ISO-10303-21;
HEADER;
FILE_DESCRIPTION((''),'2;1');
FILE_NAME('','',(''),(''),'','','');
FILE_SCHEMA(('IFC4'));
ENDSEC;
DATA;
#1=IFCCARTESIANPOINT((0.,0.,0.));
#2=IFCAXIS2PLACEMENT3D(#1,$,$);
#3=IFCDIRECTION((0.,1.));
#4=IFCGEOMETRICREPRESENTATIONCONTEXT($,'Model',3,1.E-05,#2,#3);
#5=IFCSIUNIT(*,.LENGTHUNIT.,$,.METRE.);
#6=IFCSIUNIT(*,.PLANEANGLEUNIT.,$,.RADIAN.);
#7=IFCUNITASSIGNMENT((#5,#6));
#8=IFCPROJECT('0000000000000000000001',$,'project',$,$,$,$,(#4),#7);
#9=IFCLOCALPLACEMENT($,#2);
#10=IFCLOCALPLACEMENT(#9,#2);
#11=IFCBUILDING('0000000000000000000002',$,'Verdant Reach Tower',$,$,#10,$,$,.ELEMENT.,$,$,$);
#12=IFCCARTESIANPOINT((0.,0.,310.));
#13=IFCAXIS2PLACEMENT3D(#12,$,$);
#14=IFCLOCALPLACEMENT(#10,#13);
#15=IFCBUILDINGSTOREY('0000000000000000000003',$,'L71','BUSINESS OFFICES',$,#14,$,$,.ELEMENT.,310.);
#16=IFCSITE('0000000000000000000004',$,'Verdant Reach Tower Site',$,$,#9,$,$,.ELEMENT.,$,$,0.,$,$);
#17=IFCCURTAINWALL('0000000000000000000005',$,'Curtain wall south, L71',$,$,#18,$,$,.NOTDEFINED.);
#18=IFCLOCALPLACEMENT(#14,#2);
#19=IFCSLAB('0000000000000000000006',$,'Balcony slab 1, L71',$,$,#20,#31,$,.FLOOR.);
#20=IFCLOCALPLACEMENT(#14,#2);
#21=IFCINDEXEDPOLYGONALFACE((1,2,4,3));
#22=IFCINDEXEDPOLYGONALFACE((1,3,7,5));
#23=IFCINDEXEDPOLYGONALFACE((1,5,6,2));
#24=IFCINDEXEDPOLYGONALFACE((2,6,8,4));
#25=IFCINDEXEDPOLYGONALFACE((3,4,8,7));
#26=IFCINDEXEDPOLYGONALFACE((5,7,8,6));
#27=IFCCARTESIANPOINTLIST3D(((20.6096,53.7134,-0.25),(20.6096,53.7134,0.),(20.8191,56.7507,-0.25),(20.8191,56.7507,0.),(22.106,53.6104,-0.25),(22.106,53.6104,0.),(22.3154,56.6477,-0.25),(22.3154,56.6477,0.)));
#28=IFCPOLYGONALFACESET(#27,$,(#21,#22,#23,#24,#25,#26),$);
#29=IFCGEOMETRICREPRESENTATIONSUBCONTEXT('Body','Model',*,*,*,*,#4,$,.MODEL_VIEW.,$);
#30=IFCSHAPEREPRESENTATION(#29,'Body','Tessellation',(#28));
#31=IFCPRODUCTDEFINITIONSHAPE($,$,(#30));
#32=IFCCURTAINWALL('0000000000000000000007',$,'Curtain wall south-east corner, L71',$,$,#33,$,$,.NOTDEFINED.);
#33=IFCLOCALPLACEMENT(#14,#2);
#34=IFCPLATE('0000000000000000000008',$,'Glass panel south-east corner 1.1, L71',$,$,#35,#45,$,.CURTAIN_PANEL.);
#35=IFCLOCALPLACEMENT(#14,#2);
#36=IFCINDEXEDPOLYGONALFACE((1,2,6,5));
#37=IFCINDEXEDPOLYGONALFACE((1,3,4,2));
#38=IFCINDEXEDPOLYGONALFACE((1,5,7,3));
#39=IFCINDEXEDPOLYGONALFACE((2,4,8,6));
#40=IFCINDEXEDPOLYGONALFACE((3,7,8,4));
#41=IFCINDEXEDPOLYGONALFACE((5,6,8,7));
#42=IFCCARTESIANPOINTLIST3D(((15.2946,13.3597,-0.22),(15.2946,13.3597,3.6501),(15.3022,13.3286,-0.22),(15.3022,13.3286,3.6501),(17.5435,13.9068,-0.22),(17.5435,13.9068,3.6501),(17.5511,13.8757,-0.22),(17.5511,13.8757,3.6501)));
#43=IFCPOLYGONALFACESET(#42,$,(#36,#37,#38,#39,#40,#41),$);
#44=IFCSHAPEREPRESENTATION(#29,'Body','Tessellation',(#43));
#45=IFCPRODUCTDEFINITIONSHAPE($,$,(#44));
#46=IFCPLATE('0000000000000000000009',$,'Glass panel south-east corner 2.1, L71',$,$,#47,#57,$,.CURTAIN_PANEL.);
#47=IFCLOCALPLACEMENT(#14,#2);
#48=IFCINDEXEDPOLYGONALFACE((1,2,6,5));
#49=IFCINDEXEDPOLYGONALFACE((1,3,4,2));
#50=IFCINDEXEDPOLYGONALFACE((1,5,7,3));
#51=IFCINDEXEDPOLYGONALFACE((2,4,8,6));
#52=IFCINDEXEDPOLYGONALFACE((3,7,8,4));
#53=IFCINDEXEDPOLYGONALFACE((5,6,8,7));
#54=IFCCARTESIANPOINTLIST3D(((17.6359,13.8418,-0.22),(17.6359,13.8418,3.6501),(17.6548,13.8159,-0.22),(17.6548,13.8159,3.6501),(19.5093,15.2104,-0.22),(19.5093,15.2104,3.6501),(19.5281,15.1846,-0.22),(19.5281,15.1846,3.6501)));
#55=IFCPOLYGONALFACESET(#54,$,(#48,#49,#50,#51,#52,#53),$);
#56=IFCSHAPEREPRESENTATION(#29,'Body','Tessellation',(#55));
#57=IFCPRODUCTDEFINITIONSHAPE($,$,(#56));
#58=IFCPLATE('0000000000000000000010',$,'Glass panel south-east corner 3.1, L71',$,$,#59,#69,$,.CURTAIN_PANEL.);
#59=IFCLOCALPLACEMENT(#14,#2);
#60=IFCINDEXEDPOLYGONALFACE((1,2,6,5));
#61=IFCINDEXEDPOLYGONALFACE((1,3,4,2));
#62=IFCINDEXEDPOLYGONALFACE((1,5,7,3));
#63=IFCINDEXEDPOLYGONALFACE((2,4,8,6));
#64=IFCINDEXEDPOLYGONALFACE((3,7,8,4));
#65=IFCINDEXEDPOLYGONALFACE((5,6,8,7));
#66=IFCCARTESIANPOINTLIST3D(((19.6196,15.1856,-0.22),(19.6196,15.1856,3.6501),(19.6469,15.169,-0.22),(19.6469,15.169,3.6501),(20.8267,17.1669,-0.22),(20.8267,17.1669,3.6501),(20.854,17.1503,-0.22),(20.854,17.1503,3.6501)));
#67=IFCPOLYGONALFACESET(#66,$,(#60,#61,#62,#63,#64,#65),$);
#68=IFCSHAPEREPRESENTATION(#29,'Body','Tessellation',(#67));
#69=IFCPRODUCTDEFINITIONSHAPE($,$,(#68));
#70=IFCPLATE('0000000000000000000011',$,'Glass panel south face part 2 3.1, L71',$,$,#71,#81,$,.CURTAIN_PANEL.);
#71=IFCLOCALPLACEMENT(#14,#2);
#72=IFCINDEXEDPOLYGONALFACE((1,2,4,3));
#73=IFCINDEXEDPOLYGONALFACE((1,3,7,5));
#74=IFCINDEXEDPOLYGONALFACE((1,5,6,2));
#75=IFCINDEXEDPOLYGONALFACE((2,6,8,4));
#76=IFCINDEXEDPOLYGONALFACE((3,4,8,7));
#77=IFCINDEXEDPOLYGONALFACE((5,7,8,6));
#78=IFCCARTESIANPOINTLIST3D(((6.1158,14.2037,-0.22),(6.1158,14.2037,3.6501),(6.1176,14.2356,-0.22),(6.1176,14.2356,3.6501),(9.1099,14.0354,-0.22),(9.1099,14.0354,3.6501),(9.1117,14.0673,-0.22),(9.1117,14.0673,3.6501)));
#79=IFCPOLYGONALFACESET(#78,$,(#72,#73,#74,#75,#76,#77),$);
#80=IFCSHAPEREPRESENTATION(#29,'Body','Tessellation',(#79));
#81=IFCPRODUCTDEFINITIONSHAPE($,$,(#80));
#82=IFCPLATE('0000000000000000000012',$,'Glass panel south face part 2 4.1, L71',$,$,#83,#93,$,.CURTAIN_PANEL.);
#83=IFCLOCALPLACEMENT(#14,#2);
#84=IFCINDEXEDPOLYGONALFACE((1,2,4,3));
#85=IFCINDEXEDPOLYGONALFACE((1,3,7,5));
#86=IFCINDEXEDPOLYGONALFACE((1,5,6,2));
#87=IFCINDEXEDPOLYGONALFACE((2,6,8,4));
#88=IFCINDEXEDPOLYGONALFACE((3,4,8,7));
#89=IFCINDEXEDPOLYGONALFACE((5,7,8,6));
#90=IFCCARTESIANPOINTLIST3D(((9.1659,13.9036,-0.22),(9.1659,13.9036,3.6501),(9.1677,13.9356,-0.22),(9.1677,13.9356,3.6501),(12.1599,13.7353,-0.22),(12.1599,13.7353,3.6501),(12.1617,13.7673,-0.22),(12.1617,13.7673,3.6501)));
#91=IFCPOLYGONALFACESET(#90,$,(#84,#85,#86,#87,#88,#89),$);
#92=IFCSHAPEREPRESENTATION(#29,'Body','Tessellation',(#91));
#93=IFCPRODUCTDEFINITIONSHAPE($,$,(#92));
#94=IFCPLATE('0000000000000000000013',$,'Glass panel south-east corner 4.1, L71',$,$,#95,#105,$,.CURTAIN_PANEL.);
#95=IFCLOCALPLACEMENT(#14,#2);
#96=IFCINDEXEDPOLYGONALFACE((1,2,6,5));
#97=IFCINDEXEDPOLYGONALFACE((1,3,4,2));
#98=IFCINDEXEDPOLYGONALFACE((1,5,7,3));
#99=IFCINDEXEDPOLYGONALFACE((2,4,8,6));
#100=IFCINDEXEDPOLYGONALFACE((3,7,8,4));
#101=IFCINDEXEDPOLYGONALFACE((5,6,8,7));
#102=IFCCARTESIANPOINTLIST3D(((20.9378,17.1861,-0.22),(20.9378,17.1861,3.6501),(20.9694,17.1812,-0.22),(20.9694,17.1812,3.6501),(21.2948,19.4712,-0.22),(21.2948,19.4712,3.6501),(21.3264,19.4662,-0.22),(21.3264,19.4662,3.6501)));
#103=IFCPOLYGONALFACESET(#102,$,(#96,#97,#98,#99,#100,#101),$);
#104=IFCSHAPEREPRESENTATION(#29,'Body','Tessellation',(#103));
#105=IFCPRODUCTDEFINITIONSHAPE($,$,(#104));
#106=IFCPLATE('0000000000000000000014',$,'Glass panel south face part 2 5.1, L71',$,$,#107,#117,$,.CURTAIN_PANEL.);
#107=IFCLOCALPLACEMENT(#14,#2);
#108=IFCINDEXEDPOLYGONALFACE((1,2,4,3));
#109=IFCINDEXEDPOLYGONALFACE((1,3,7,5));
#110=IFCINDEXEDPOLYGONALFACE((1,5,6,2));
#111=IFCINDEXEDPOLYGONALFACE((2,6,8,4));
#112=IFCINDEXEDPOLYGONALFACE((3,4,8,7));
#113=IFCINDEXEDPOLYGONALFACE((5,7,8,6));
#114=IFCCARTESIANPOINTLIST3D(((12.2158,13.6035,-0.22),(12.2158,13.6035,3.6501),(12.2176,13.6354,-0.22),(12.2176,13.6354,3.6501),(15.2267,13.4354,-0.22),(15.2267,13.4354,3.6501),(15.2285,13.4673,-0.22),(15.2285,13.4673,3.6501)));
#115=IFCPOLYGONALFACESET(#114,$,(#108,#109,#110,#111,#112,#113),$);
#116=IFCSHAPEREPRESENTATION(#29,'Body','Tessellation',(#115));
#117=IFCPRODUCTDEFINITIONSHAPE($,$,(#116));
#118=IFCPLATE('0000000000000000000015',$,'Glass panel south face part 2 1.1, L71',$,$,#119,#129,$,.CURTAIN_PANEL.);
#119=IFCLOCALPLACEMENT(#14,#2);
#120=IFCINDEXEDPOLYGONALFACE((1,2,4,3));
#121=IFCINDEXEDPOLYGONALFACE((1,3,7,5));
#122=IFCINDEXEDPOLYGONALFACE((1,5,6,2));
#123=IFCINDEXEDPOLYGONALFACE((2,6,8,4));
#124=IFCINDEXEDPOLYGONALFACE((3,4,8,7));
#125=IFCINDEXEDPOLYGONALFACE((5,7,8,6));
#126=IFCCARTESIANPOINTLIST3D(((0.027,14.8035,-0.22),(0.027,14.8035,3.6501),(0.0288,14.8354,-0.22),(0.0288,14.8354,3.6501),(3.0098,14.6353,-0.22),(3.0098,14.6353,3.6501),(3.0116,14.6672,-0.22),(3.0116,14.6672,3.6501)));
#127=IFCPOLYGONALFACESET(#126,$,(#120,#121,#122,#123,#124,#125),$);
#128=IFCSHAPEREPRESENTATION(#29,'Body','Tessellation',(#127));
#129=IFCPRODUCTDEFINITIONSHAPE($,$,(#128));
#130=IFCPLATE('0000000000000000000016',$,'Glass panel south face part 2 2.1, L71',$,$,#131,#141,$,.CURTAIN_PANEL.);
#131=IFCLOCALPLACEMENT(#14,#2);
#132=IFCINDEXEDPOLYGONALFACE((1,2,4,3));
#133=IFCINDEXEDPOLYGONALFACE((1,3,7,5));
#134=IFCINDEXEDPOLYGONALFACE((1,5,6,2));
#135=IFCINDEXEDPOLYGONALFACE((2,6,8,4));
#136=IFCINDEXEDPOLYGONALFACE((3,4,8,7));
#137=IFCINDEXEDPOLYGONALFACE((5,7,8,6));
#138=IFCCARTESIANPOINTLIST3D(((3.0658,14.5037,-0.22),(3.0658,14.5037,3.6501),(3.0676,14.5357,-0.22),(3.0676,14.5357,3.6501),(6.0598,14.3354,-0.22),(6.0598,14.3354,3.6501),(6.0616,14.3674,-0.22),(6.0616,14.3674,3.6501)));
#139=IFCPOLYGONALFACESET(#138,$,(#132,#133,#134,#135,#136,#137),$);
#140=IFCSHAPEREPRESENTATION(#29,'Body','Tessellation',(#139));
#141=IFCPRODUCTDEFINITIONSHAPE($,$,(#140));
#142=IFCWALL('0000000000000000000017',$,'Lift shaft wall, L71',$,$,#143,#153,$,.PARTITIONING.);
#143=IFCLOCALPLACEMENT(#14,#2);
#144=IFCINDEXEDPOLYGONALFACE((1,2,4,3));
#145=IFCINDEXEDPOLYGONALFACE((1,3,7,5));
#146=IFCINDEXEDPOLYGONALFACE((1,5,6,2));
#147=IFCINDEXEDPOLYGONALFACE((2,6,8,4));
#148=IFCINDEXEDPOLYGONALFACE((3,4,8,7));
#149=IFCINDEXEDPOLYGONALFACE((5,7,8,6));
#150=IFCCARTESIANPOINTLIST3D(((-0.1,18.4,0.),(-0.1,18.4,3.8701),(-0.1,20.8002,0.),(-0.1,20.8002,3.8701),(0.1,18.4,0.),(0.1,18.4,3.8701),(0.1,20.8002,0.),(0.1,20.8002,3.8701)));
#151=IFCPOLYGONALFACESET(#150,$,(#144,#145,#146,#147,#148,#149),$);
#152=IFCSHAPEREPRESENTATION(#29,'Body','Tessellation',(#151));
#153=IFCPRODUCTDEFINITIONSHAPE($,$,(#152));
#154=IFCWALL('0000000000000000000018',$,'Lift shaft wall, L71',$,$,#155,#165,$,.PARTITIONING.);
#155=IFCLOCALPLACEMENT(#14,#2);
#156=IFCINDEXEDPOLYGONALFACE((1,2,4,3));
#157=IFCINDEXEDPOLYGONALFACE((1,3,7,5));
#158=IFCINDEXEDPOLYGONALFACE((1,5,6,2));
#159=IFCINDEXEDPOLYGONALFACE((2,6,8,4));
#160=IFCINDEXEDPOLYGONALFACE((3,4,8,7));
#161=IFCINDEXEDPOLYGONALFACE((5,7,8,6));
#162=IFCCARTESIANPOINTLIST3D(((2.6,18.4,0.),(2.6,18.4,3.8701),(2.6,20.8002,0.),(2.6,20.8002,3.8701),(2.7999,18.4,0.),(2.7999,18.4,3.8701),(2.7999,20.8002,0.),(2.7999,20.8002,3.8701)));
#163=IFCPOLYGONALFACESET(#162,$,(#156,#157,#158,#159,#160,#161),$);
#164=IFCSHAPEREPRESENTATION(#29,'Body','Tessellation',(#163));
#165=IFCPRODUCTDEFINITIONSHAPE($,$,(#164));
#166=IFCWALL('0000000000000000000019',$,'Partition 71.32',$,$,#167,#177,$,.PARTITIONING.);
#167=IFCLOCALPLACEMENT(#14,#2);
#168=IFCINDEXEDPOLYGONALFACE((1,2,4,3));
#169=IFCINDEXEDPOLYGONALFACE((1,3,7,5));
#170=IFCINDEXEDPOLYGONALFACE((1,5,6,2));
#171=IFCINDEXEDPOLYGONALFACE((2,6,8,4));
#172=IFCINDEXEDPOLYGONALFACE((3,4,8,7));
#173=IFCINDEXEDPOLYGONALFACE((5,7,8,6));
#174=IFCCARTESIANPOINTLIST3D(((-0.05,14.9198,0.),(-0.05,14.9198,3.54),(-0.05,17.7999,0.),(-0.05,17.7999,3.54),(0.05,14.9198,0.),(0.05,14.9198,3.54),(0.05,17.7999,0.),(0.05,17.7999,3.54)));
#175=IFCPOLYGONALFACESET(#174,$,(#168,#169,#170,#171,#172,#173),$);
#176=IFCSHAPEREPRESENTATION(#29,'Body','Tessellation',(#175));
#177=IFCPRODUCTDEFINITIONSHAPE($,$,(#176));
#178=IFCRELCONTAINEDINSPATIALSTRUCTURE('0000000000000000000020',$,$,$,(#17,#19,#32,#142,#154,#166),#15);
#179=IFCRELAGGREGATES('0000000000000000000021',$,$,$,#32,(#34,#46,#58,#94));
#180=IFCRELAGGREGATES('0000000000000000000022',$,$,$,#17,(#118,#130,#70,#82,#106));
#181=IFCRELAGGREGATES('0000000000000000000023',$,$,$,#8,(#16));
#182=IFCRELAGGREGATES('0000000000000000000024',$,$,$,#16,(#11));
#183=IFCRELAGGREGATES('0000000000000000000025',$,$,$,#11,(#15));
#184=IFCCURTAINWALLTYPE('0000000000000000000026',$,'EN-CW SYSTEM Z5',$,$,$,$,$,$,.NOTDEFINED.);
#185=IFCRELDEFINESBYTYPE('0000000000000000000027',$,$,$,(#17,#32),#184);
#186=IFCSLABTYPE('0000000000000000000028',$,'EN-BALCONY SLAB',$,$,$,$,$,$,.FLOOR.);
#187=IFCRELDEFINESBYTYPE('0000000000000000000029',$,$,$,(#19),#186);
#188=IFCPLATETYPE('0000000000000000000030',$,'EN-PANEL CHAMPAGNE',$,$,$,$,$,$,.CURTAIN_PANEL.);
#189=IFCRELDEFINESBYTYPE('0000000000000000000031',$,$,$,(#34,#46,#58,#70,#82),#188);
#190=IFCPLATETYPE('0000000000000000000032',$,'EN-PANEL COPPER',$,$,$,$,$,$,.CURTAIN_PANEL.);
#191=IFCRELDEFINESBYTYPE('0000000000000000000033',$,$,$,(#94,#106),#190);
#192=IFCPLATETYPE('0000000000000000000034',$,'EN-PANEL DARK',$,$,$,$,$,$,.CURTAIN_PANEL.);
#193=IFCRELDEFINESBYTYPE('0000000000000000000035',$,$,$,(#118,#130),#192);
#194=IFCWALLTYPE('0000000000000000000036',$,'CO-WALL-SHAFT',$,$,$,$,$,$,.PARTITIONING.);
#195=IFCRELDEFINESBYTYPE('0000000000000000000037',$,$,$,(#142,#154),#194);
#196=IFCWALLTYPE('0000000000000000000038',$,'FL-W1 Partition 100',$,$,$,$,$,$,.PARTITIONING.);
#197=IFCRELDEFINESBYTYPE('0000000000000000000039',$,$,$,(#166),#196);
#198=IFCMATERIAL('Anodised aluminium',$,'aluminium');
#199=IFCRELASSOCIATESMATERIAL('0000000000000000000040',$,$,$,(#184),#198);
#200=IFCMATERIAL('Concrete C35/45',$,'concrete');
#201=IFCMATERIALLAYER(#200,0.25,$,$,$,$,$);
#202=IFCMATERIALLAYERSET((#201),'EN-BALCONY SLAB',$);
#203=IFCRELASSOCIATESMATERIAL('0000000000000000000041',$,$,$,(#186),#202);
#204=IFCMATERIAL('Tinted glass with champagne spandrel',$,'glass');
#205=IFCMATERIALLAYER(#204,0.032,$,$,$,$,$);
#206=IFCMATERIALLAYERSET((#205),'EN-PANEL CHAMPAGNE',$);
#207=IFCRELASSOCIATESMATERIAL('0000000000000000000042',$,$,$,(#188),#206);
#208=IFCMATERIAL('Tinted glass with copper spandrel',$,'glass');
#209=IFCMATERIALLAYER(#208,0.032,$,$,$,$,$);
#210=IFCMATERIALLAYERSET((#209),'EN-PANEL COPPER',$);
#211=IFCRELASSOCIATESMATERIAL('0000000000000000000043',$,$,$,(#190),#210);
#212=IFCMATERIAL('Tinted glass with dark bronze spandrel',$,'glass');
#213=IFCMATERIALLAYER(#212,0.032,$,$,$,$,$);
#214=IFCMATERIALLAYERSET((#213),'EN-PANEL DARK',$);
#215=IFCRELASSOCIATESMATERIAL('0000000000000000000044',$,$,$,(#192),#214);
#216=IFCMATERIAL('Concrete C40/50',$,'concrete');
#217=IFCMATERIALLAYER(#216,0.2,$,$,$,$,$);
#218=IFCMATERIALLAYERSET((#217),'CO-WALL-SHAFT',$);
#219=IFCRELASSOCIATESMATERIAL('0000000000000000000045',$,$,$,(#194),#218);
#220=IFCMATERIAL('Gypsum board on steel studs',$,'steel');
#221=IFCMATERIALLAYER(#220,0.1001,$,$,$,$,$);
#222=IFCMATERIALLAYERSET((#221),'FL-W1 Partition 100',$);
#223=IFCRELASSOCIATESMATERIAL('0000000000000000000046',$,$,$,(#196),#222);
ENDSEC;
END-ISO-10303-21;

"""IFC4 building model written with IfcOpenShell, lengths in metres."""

from ifc_helpers import new_model, si_unit, direction, frame, frame_2d, origin, origin_2d, place, context, subcontext, project, spatial, polyline, rectangle, outline, extrude, material, layer, layer_set, type_object, element, aggregate, save


model = new_model("IFC4")

# Units and contexts
model_context = context("Model", 3, precision=1e-05, world=origin(), true_north=direction((0.0, 1.0)))
body_context = subcontext(model_context, "Body", "Model", "MODEL_VIEW")
ifc_project = project(units=[si_unit("LENGTHUNIT", "METRE"), si_unit("PLANEANGLEUNIT", "RADIAN")], contexts=[model_context])

# Site, building, storey
site_placement = place(None, origin())
site = spatial("IfcSite", under=ifc_project, at=site_placement, Name="Verdant Reach Tower Site", CompositionType="ELEMENT", RefElevation=0.0)
building_placement = place(site_placement, origin())
building = spatial("IfcBuilding", under=site, at=building_placement, Name="Verdant Reach Tower", CompositionType="ELEMENT")
storey_placement = place(building_placement, frame((0.0, 0.0, 310.0)))
storey = spatial("IfcBuildingStorey", under=building, at=storey_placement, Name="L71", Description="BUSINESS OFFICES", CompositionType="ELEMENT", Elevation=310.0)

# Curtain wall
ifc_material_1 = material(Name="Anodised aluminium", Category="aluminium")
curtain_wall_type = type_object("IfcCurtainWallType", Name="EN-CW SYSTEM Z5", PredefinedType="NOTDEFINED", material=ifc_material_1)
curtain_wall_1_placement = place(storey_placement, origin())
curtain_wall_1 = element("IfcCurtainWall", 1, at=curtain_wall_1_placement, inside=storey, type_object=curtain_wall_type, Name="Curtain wall south, L71", PredefinedType="NOTDEFINED")

# Shared definitions
ifc_material_2 = material(Name="Concrete C40/50", Category="concrete")

# Slab
ifc_material_3 = material(Name="Concrete C35/45", Category="concrete")
ifc_layer_1 = layer(ifc_material_3, 0.25)
ifc_layer_set_1 = layer_set([ifc_layer_1], Name="EN-BALCONY SLAB")
slab_type_1 = type_object("IfcSlabType", Name="EN-BALCONY SLAB", PredefinedType="FLOOR", material=ifc_layer_set_1)
slab_1_placement = place(storey_placement, frame((0.0, 0.0, -0.25)))
element("IfcSlab", 2, at=slab_1_placement, inside=storey, type_object=slab_type_1, Name="Balcony slab 1, L71", PredefinedType="FLOOR", context=body_context, shape_type="SweptSolid", body=[
    extrude(outline(polyline([(20.6096, 53.7134), (20.8191, 56.7507), (22.3154, 56.6477), (22.106, 53.6104), (20.6096, 53.7134)])), origin(), (0.0, 0.0, 1.0), 0.25),
])

# Curtain wall, plates
curtain_wall_2_placement = place(storey_placement, origin())
curtain_wall_2 = element("IfcCurtainWall", 3, at=curtain_wall_2_placement, inside=storey, type_object=curtain_wall_type, Name="Curtain wall south-east corner, L71", PredefinedType="NOTDEFINED")
ifc_material_4 = material(Name="Tinted glass with champagne spandrel", Category="glass")
ifc_layer_2 = layer(ifc_material_4, 0.032)
ifc_layer_set_2 = layer_set([ifc_layer_2], Name="EN-PANEL CHAMPAGNE")
plate_type_1 = type_object("IfcPlateType", Name="EN-PANEL CHAMPAGNE", PredefinedType="CURTAIN_PANEL", material=ifc_layer_set_2)
plate_1_placement = place(storey_placement, frame((16.4229, 13.6177, -0.22), z_axis=(0.0, 0.0, 1.0), x_axis=(0.971662, 0.236376, 0.0)))
plate_1 = element("IfcPlate", 4, at=plate_1_placement, type_object=plate_type_1, Name="Glass panel south-east corner 1.1, L71", PredefinedType="CURTAIN_PANEL", context=body_context, shape_type="SweptSolid", body=[
    extrude(rectangle(XDim=2.3145, YDim=0.032, at=origin_2d()), origin(), (0.0, 0.0, 1.0), 3.8701),
])
plate_2_placement = place(storey_placement, frame((18.582, 14.5132, -0.22), z_axis=(0.0, 0.0, 1.0), x_axis=(0.807457, 0.589927, 0.0)))
plate_2 = element("IfcPlate", 5, at=plate_2_placement, type_object=plate_type_1, Name="Glass panel south-east corner 2.1, L71", PredefinedType="CURTAIN_PANEL", context=body_context, shape_type="SweptSolid", body=[
    extrude(rectangle(XDim=2.3201, YDim=0.032, at=origin_2d()), origin(), (0.0, 0.0, 1.0), 3.8701),
])
plate_3_placement = place(storey_placement, frame((20.2368, 16.168, -0.22), z_axis=(0.0, 0.0, 1.0), x_axis=(0.520292, 0.853989, 0.0)))
plate_3 = element("IfcPlate", 6, at=plate_3_placement, type_object=plate_type_1, Name="Glass panel south-east corner 3.1, L71", PredefinedType="CURTAIN_PANEL", context=body_context, shape_type="SweptSolid", body=[
    extrude(rectangle(XDim=2.3201, YDim=0.032, at=origin_2d()), origin(), (0.0, 0.0, 1.0), 3.8701),
])

# Plates
plate_4_placement = place(storey_placement, frame((7.6138, 14.1355, -0.22), z_axis=(0.0, 0.0, 1.0), x_axis=(0.998424, -0.056128, 0.0)))
plate_4 = element("IfcPlate", 7, at=plate_4_placement, type_object=plate_type_1, Name="Glass panel south face part 2 3.1, L71", PredefinedType="CURTAIN_PANEL", context=body_context, shape_type="SweptSolid", body=[
    extrude(rectangle(XDim=2.9988, YDim=0.032, at=origin_2d()), origin(), (0.0, 0.0, 1.0), 3.8701),
])
plate_5_placement = place(storey_placement, frame((10.6638, 13.8354, -0.22), z_axis=(0.0, 0.0, 1.0), x_axis=(0.998424, -0.056128, 0.0)))
plate_5 = element("IfcPlate", 8, at=plate_5_placement, type_object=plate_type_1, Name="Glass panel south face part 2 4.1, L71", PredefinedType="CURTAIN_PANEL", context=body_context, shape_type="SweptSolid", body=[
    extrude(rectangle(XDim=2.9988, YDim=0.032, at=origin_2d()), origin(), (0.0, 0.0, 1.0), 3.8701),
])
ifc_material_5 = material(Name="Tinted glass with copper spandrel", Category="glass")
ifc_layer_3 = layer(ifc_material_5, 0.032)
ifc_layer_set_3 = layer_set([ifc_layer_3], Name="EN-PANEL COPPER")
plate_type_2 = type_object("IfcPlateType", Name="EN-PANEL COPPER", PredefinedType="CURTAIN_PANEL", material=ifc_layer_set_3)
plate_6_placement = place(storey_placement, frame((21.1321, 18.3262, -0.22), z_axis=(0.0, 0.0, 1.0), x_axis=(0.154337, 0.988018, 0.0)))
plate_6 = element("IfcPlate", 9, at=plate_6_placement, type_object=plate_type_2, Name="Glass panel south-east corner 4.1, L71", PredefinedType="CURTAIN_PANEL", context=body_context, shape_type="SweptSolid", body=[
    extrude(rectangle(XDim=2.3127, YDim=0.032, at=origin_2d()), origin(), (0.0, 0.0, 1.0), 3.8701),
])
aggregate(curtain_wall_2, [plate_1, plate_2, plate_3, plate_6])
plate_7_placement = place(storey_placement, frame((13.7222, 13.5354, -0.22), z_axis=(0.0, 0.0, 1.0), x_axis=(0.998446, -0.055725, 0.0)))
plate_7 = element("IfcPlate", 10, at=plate_7_placement, type_object=plate_type_2, Name="Glass panel south face part 2 5.1, L71", PredefinedType="CURTAIN_PANEL", context=body_context, shape_type="SweptSolid", body=[
    extrude(rectangle(XDim=3.0156, YDim=0.032, at=origin_2d()), origin(), (0.0, 0.0, 1.0), 3.8701),
])
ifc_material_6 = material(Name="Tinted glass with dark bronze spandrel", Category="glass")
ifc_layer_4 = layer(ifc_material_6, 0.032)
ifc_layer_set_4 = layer_set([ifc_layer_4], Name="EN-PANEL DARK")
plate_type_3 = type_object("IfcPlateType", Name="EN-PANEL DARK", PredefinedType="CURTAIN_PANEL", material=ifc_layer_set_4)
plate_8_placement = place(storey_placement, frame((1.5193, 14.7354, -0.22), z_axis=(0.0, 0.0, 1.0), x_axis=(0.998413, -0.056308, 0.0)))
plate_8 = element("IfcPlate", 11, at=plate_8_placement, type_object=plate_type_3, Name="Glass panel south face part 2 1.1, L71", PredefinedType="CURTAIN_PANEL", context=body_context, shape_type="SweptSolid", body=[
    extrude(rectangle(XDim=2.9875, YDim=0.032, at=origin_2d()), origin(), (0.0, 0.0, 1.0), 3.8701),
])
plate_9_placement = place(storey_placement, frame((4.5637, 14.4355, -0.22), z_axis=(0.0, 0.0, 1.0), x_axis=(0.998424, -0.056128, 0.0)))
plate_9 = element("IfcPlate", 12, at=plate_9_placement, type_object=plate_type_3, Name="Glass panel south face part 2 2.1, L71", PredefinedType="CURTAIN_PANEL", context=body_context, shape_type="SweptSolid", body=[
    extrude(rectangle(XDim=2.9988, YDim=0.032, at=origin_2d()), origin(), (0.0, 0.0, 1.0), 3.8701),
])
aggregate(curtain_wall_1, [plate_8, plate_9, plate_4, plate_5, plate_7])

# Walls
ifc_layer_5 = layer(ifc_material_2, 0.2)
ifc_layer_set_5 = layer_set([ifc_layer_5], Name="CO-WALL-SHAFT")
wall_type_1 = type_object("IfcWallType", Name="CO-WALL-SHAFT", PredefinedType="PARTITIONING", material=ifc_layer_set_5)
for number, where, z_axis, x_axis, name in (
    (13, (0.0, 18.3999, 0.0), (0.0, 0.0, 1.0), (0.0, 1.0, 0.0), "Lift shaft wall, L71"),
    (14, (2.7, 18.3999, 0.0), (0.0, 0.0, 1.0), (0.0, 1.0, 0.0), "Lift shaft wall, L71"),
):
    element("IfcWall", number, at=place(storey_placement, frame(where, z_axis=z_axis, x_axis=x_axis)), inside=storey, type_object=wall_type_1, Name=name, PredefinedType="PARTITIONING", context=body_context, shape_type="SweptSolid", body=[
        extrude(rectangle(XDim=2.4001, YDim=0.2, at=frame_2d((1.2002, 0.0))), origin(), (0.0, 0.0, 1.0), 3.8701),
    ])
ifc_material_7 = material(Name="Gypsum board on steel studs", Category="steel")
ifc_layer_6 = layer(ifc_material_7, 0.1001)
ifc_layer_set_6 = layer_set([ifc_layer_6], Name="FL-W1 Partition 100")
wall_type_2 = type_object("IfcWallType", Name="FL-W1 Partition 100", PredefinedType="PARTITIONING", material=ifc_layer_set_6)
wall_1_placement = place(storey_placement, frame((0.0, 14.9199, 0.0), z_axis=(0.0, 0.0, 1.0), x_axis=(0.0, 1.0, 0.0)))
element("IfcWall", 15, at=wall_1_placement, inside=storey, type_object=wall_type_2, Name="Partition 71.32", PredefinedType="PARTITIONING", context=body_context, shape_type="SweptSolid", body=[
    extrude(rectangle(XDim=2.8801, YDim=0.1001, at=frame_2d((1.4399, 0.0))), origin(), (0.0, 0.0, 1.0), 3.54),
])

save(model, "model.ifc")
